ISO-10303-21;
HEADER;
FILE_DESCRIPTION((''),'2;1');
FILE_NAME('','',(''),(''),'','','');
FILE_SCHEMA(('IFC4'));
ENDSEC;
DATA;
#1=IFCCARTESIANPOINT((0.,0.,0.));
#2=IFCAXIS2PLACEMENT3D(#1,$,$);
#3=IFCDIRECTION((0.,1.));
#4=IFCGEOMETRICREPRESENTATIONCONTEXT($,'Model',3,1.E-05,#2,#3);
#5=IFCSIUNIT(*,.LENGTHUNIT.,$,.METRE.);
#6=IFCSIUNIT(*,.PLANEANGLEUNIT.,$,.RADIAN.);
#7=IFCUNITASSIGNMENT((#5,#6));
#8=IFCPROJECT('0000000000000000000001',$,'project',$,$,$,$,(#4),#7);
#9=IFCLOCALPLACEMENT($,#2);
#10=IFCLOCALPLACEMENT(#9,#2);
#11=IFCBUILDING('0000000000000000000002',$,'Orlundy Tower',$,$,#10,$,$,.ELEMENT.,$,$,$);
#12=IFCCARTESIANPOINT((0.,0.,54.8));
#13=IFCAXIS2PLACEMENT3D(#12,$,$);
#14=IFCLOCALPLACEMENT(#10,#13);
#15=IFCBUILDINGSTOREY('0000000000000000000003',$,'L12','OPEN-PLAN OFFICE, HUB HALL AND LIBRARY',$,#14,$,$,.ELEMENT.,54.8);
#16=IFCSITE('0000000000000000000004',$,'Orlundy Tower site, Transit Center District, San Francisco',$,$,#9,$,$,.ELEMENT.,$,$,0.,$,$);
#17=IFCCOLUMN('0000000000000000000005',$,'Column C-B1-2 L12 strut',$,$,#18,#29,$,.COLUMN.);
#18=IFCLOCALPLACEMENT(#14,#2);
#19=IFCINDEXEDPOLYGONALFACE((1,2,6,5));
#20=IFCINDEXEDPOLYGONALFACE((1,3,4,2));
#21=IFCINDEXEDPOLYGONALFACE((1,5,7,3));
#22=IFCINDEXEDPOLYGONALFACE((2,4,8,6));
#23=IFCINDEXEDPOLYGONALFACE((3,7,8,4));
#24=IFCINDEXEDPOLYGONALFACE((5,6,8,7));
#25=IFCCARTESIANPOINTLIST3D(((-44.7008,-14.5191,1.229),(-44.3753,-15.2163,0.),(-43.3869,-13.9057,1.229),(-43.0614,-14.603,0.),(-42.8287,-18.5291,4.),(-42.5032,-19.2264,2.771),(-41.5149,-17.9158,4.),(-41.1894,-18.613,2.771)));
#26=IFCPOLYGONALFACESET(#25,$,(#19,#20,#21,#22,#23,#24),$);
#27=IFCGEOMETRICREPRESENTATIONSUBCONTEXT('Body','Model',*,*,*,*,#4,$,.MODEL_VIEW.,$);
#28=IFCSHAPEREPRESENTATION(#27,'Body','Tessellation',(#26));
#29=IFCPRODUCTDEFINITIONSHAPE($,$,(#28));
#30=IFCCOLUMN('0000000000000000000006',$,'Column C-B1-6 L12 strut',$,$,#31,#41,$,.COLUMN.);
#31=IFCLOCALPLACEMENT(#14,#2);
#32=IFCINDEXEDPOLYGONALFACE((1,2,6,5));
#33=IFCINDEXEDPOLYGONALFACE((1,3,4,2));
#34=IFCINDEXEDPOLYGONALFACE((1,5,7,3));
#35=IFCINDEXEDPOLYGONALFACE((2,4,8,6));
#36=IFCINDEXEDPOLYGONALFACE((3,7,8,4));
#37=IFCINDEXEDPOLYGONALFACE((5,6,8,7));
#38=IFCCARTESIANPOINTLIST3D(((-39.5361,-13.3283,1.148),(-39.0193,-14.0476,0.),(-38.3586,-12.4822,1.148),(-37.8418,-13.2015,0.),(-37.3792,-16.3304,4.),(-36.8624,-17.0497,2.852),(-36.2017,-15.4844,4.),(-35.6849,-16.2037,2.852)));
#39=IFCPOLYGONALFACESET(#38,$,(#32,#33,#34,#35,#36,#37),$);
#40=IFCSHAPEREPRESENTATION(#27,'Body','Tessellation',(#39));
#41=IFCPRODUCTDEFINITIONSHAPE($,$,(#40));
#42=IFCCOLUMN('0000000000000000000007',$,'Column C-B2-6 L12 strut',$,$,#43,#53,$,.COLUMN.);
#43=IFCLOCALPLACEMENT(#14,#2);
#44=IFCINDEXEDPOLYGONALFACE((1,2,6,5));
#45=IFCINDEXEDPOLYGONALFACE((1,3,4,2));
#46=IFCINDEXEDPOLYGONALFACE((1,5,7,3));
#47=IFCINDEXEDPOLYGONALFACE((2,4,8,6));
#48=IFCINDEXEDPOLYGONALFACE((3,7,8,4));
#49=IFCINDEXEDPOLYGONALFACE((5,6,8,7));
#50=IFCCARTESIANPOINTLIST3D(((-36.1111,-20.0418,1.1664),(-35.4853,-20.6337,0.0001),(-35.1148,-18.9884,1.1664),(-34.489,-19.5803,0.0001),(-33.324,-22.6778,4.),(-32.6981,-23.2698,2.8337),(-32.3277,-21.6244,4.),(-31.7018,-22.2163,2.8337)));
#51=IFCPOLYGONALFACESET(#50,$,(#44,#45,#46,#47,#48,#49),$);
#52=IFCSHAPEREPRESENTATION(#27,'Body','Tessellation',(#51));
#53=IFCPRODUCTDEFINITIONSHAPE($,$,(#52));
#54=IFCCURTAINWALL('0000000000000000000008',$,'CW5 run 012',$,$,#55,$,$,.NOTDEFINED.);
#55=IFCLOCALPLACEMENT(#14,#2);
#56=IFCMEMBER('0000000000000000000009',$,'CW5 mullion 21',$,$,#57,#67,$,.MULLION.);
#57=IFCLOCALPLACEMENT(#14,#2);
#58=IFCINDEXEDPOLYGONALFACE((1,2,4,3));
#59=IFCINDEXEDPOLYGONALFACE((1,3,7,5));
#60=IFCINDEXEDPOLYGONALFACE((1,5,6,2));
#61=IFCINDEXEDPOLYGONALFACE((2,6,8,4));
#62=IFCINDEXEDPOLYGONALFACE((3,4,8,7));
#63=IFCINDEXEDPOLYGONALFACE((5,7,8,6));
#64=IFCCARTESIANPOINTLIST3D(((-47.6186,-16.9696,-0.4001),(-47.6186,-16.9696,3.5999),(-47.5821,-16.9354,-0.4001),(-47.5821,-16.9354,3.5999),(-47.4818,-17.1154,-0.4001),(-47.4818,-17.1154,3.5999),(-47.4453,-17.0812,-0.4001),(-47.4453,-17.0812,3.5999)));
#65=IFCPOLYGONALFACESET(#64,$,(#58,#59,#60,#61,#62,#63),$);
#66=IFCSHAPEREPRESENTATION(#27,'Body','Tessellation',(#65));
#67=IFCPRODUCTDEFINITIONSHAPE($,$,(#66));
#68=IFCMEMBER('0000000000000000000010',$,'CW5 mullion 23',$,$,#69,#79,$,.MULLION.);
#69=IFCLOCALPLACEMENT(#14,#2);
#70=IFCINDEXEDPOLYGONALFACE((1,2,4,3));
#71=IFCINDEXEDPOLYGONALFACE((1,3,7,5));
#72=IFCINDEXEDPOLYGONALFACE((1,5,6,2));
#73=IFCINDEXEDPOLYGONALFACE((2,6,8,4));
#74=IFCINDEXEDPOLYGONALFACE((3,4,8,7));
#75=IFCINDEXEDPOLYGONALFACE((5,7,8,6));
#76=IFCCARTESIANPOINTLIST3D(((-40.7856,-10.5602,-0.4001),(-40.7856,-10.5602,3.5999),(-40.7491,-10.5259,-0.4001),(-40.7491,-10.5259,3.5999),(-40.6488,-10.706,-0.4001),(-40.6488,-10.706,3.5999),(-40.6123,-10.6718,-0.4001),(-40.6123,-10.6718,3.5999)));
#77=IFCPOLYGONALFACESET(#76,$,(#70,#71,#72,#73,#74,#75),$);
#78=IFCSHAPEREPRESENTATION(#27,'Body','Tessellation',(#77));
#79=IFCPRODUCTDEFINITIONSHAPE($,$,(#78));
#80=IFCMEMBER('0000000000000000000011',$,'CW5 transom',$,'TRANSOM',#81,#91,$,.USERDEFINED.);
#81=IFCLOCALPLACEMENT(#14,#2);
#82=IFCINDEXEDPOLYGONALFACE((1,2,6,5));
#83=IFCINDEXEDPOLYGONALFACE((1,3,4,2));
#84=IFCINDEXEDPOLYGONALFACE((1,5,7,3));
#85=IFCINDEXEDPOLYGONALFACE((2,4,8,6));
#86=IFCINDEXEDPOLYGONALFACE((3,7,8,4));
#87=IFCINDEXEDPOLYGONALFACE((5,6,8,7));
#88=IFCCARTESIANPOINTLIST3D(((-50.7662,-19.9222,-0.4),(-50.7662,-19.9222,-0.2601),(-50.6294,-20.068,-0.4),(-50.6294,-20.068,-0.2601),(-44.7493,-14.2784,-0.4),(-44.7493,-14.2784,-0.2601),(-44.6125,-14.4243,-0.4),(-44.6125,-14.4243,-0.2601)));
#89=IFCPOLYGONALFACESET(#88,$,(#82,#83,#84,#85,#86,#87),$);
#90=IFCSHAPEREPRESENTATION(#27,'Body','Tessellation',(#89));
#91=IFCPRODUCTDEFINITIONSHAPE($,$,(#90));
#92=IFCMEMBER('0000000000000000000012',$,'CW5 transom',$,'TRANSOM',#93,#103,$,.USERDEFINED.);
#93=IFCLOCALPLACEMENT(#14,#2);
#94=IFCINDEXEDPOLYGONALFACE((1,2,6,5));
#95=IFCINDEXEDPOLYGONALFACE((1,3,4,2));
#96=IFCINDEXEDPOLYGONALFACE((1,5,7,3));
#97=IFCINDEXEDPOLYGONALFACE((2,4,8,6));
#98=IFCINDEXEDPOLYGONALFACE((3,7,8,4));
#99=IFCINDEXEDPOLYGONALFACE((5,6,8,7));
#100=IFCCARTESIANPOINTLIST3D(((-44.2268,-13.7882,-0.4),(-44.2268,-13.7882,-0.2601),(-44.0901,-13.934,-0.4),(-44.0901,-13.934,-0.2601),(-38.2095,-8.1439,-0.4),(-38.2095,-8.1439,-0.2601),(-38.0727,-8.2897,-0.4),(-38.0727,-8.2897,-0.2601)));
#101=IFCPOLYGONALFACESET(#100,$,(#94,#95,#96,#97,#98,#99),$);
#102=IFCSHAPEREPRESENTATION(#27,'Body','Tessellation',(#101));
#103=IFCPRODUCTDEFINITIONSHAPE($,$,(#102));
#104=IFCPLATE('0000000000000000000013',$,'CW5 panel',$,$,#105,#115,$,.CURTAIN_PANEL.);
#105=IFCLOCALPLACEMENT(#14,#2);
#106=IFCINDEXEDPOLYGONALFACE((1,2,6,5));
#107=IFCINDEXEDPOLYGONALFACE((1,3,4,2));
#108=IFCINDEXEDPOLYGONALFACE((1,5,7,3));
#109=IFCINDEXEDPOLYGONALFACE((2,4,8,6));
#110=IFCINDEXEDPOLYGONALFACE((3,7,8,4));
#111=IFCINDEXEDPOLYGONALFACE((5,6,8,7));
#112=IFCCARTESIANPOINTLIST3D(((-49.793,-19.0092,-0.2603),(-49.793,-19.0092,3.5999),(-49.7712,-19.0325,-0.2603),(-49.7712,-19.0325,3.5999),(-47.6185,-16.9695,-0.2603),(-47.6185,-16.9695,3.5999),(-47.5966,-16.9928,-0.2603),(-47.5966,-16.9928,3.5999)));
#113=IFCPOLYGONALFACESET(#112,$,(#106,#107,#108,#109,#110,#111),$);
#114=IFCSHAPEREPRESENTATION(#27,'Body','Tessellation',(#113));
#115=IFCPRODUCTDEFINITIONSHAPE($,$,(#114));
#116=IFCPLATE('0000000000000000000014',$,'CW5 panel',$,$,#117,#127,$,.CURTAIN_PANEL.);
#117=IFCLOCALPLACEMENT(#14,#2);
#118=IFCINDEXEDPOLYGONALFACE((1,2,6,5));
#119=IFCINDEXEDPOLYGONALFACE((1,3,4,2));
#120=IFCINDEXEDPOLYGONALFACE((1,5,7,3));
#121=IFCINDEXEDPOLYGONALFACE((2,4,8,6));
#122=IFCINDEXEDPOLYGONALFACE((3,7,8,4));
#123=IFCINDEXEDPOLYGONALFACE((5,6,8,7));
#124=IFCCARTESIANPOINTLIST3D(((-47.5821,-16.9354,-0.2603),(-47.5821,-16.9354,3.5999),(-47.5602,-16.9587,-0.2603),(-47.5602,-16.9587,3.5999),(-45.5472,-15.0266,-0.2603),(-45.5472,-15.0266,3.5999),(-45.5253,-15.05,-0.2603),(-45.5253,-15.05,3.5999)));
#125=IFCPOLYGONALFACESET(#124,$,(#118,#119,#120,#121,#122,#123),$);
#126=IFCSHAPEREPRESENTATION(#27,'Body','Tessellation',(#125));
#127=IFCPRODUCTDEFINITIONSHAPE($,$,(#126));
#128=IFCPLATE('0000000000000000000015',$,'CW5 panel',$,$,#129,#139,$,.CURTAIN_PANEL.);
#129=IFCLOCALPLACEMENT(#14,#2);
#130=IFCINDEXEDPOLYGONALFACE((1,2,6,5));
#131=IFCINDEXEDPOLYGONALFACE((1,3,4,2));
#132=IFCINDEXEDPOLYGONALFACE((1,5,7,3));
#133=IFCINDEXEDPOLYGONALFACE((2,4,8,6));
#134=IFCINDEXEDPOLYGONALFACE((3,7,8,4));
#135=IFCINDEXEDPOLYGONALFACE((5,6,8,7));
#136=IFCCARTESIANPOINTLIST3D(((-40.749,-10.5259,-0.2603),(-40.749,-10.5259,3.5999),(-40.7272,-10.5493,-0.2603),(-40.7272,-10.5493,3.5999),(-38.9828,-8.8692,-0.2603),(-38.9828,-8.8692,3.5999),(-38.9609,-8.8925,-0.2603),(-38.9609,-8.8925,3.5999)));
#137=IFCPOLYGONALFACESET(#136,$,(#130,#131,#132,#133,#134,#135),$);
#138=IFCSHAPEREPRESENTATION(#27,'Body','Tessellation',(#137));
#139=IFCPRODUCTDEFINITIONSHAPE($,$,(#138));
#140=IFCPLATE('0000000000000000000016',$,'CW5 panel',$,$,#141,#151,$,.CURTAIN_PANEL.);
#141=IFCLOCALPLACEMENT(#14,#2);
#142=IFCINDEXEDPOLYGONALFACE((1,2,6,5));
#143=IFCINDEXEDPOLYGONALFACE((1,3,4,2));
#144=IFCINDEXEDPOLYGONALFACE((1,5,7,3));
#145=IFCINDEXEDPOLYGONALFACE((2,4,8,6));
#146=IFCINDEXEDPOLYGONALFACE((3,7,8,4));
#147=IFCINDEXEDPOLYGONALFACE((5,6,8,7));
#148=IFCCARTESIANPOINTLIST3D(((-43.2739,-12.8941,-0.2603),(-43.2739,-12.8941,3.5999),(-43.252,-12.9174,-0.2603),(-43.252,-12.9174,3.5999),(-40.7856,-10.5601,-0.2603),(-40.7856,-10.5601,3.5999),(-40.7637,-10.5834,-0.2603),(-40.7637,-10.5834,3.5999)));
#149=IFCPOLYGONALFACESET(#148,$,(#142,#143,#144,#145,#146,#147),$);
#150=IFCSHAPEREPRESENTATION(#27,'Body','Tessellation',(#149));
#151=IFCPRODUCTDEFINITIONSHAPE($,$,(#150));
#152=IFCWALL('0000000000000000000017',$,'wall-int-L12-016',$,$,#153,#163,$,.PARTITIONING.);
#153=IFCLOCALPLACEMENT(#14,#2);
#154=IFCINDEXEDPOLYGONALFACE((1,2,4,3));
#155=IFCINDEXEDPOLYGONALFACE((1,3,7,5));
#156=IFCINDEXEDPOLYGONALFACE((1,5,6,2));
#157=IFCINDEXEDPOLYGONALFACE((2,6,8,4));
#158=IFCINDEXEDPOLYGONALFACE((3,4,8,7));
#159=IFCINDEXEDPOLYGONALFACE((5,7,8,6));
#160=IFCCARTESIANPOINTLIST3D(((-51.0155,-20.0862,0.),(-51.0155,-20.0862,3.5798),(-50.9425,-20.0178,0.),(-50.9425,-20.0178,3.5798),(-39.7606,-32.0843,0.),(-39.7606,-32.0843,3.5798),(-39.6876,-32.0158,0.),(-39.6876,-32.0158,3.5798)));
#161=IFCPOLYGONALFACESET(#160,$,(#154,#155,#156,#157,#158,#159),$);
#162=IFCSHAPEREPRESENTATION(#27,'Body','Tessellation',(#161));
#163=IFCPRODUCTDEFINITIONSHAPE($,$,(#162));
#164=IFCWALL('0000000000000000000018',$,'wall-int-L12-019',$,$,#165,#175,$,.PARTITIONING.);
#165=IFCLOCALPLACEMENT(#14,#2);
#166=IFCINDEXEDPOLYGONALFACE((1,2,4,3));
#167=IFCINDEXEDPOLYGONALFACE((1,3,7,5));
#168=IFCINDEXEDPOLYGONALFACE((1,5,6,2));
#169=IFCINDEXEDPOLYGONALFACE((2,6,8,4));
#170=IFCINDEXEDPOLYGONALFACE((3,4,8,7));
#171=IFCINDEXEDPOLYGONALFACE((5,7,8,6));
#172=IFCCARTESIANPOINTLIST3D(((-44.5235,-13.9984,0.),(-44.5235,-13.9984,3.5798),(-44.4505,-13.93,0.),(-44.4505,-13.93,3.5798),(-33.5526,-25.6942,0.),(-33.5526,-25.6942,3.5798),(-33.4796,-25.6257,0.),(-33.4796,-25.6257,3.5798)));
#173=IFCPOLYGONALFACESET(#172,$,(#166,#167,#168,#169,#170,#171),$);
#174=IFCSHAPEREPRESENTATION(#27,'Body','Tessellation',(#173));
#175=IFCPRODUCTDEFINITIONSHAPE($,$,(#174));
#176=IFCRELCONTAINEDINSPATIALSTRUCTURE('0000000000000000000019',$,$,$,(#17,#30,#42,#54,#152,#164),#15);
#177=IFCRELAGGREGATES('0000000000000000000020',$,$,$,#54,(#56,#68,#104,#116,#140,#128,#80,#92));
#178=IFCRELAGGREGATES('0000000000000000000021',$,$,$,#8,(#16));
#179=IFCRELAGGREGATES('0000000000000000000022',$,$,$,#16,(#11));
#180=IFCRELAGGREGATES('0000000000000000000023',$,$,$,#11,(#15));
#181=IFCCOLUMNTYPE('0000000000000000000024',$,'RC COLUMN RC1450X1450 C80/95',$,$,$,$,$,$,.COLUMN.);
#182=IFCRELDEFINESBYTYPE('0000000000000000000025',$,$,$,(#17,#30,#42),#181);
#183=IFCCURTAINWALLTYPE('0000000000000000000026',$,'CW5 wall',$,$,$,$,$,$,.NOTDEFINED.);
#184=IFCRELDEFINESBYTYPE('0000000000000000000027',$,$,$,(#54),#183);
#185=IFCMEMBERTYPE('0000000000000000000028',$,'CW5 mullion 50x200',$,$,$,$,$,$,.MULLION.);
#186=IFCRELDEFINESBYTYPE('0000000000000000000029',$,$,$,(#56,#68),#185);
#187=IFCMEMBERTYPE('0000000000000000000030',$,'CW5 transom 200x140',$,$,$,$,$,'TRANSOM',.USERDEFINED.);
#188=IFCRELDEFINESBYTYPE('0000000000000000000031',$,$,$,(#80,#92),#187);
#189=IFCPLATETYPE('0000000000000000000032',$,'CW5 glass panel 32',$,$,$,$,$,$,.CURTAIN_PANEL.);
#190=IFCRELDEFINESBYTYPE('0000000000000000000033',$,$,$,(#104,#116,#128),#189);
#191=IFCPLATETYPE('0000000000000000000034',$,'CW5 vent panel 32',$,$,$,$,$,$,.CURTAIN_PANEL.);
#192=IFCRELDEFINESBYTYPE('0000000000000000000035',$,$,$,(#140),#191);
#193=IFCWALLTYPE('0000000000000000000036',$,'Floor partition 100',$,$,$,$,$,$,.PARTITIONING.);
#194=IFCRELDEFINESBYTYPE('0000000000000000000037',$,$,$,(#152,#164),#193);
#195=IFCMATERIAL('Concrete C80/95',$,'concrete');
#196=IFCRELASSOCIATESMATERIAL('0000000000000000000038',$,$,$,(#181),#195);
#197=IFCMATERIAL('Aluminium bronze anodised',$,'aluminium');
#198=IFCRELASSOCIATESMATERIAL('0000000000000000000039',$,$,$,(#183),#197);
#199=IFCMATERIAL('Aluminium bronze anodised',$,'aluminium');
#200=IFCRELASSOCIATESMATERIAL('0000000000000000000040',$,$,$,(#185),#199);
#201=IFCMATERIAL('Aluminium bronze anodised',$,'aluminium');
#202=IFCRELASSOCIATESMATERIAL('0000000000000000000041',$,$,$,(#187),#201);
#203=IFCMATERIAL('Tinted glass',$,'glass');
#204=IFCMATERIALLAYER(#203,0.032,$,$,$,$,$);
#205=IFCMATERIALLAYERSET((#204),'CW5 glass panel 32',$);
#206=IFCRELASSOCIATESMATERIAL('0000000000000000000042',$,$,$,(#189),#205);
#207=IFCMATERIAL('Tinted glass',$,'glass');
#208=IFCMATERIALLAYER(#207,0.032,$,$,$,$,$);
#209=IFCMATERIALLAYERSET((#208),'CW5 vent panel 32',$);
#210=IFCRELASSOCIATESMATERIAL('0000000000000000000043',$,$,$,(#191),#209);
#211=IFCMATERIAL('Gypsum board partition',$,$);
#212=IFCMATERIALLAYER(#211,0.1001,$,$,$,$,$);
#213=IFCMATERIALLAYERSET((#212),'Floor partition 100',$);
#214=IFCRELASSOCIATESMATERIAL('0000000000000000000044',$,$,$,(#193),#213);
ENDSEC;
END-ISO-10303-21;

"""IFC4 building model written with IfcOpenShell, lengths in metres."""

from ifc_helpers import new_model, si_unit, direction, frame, frame_2d, origin, origin_2d, place, context, subcontext, project, spatial, rectangle, extrude, material, layer, layer_set, material_profile, profile_set, type_object, element, aggregate, save


model = new_model("IFC4")

# Units and contexts
model_context = context("Model", 3, precision=1e-05, world=origin(), true_north=direction((0.0, 1.0)))
body_context = subcontext(model_context, "Body", "Model", "MODEL_VIEW")
ifc_project = project(units=[si_unit("LENGTHUNIT", "METRE"), si_unit("PLANEANGLEUNIT", "RADIAN")], contexts=[model_context])

# Site, building, storey
site_placement = place(None, origin())
site = spatial("IfcSite", under=ifc_project, at=site_placement, Name="Orlundy Tower site, Transit Center District, San Francisco", CompositionType="ELEMENT", RefElevation=0.0)
building_placement = place(site_placement, origin())
building = spatial("IfcBuilding", under=site, at=building_placement, Name="Orlundy Tower", CompositionType="ELEMENT")
storey_placement = place(building_placement, frame((0.0, 0.0, 54.8)))
storey = spatial("IfcBuildingStorey", under=building, at=storey_placement, Name="L12", Description="OPEN-PLAN OFFICE, HUB HALL AND LIBRARY", CompositionType="ELEMENT", Elevation=54.8)

# Columns
ifc_material_1 = material(Name="Concrete C80/95", Category="concrete")
ifc_material_profile_1 = material_profile(ifc_material_1, rectangle(XDim=1.45, YDim=1.45, at=origin_2d()), Name="RC1450X1450")
ifc_profile_set_1 = profile_set([ifc_material_profile_1], Name="Concrete C80/95")
column_type = type_object("IfcColumnType", Name="RC COLUMN RC1450X1450 C80/95", PredefinedType="COLUMN", material=ifc_profile_set_1)
column_1_placement = place(storey_placement, frame((-43.8811, -14.561, 0.6145), z_axis=(0.358537, -0.767992, 0.530698), x_axis=(0.90612, 0.423021, 0.0)))
element("IfcColumn", 1, at=column_1_placement, inside=storey, type_object=column_type, Name="Column C-B1-2 L12 strut", PredefinedType="COLUMN", context=body_context, shape_type="SweptSolid", body=[
    extrude(rectangle(XDim=1.45, YDim=1.45, at=origin_2d()), origin(), (0.0, 0.0, 1.0), 5.2214),
])
column_2_placement = place(storey_placement, frame((-38.689, -13.2649, 0.574), z_axis=(0.461975, -0.643001, 0.610843), x_axis=(0.812124, 0.583485, 0.0)))
element("IfcColumn", 2, at=column_2_placement, inside=storey, type_object=column_type, Name="Column C-B1-6 L12 strut", PredefinedType="COLUMN", context=body_context, shape_type="SweptSolid", body=[
    extrude(rectangle(XDim=1.45, YDim=1.45, at=origin_2d()), origin(), (0.0, 0.0, 1.0), 4.6689),
])
column_3_placement = place(storey_placement, frame((-35.3, -19.811, 0.5833), z_axis=(0.5844, -0.552712, 0.594126), x_axis=(0.687135, 0.726529, 0.0)))
element("IfcColumn", 3, at=column_3_placement, inside=storey, type_object=column_type, Name="Column C-B2-6 L12 strut", PredefinedType="COLUMN", context=body_context, shape_type="SweptSolid", body=[
    extrude(rectangle(XDim=1.45, YDim=1.45, at=origin_2d()), origin(), (0.0, 0.0, 1.0), 4.7693),
])

# Curtain wall, members, plates
ifc_material_2 = material(Name="Aluminium bronze anodised", Category="aluminium")
curtain_wall_type = type_object("IfcCurtainWallType", Name="CW5 wall", PredefinedType="NOTDEFINED", material=ifc_material_2)
curtain_wall_placement = place(storey_placement, origin())
curtain_wall = element("IfcCurtainWall", 4, at=curtain_wall_placement, inside=storey, type_object=curtain_wall_type, Name="CW5 run 012", PredefinedType="NOTDEFINED")
ifc_material_3 = material(Name="Aluminium bronze anodised", Category="aluminium")
ifc_material_profile_2 = material_profile(ifc_material_3, rectangle(XDim=0.2, YDim=0.05, at=origin_2d()), Name="CW5 mullion 50x200")
ifc_profile_set_2 = profile_set([ifc_material_profile_2], Name="Aluminium bronze anodised")
member_type_1 = type_object("IfcMemberType", Name="CW5 mullion 50x200", PredefinedType="MULLION", material=ifc_profile_set_2)
member_1_placement = place(storey_placement, frame((-47.532, -17.0254, -0.4001), z_axis=(0.0, 0.0, 1.0), x_axis=(-0.684134, 0.729356, 0.0)))
member_1 = element("IfcMember", 5, at=member_1_placement, type_object=member_type_1, Name="CW5 mullion 21", PredefinedType="MULLION", context=body_context, shape_type="SweptSolid", body=[
    extrude(rectangle(XDim=0.2, YDim=0.05, at=origin_2d()), origin(), (0.0, 0.0, 1.0), 4.0),
])
member_2_placement = place(storey_placement, frame((-40.699, -10.616, -0.4001), z_axis=(0.0, 0.0, 1.0), x_axis=(-0.684134, 0.729356, 0.0)))
member_2 = element("IfcMember", 6, at=member_2_placement, type_object=member_type_1, Name="CW5 mullion 23", PredefinedType="MULLION", context=body_context, shape_type="SweptSolid", body=[
    extrude(rectangle(XDim=0.2, YDim=0.05, at=origin_2d()), origin(), (0.0, 0.0, 1.0), 4.0),
])
ifc_material_4 = material(Name="Aluminium bronze anodised", Category="aluminium")
ifc_material_profile_3 = material_profile(ifc_material_4, rectangle(XDim=0.2, YDim=0.1399, at=origin_2d()), Name="CW5 transom 200x140")
ifc_profile_set_3 = profile_set([ifc_material_profile_3], Name="Aluminium bronze anodised")
member_type_2 = type_object("IfcMemberType", Name="CW5 transom 200x140", ElementType="TRANSOM", PredefinedType="USERDEFINED", material=ifc_profile_set_3)
member_3_placement = place(storey_placement, frame((-50.6978, -19.9951, -0.3301), z_axis=(0.729355, 0.684135, 0.0), x_axis=(-0.684135, 0.729355, 0.0)))
member_3 = element("IfcMember", 7, at=member_3_placement, type_object=member_type_2, Name="CW5 transom", ObjectType="TRANSOM", PredefinedType="USERDEFINED", context=body_context, shape_type="SweptSolid", body=[
    extrude(rectangle(XDim=0.2, YDim=0.1399, at=origin_2d()), origin(), (0.0, 0.0, 1.0), 8.2495),
])
member_4_placement = place(storey_placement, frame((-44.1584, -13.8611, -0.3301), z_axis=(0.729354, 0.684137, 0.0), x_axis=(-0.684137, 0.729354, 0.0)))
member_4 = element("IfcMember", 8, at=member_4_placement, type_object=member_type_2, Name="CW5 transom", ObjectType="TRANSOM", PredefinedType="USERDEFINED", context=body_context, shape_type="SweptSolid", body=[
    extrude(rectangle(XDim=0.2, YDim=0.1399, at=origin_2d()), origin(), (0.0, 0.0, 1.0), 8.2502),
])
ifc_material_5 = material(Name="Tinted glass", Category="glass")
ifc_layer_1 = layer(ifc_material_5, 0.032)
ifc_layer_set_1 = layer_set([ifc_layer_1], Name="CW5 glass panel 32")
plate_type_1 = type_object("IfcPlateType", Name="CW5 glass panel 32", PredefinedType="CURTAIN_PANEL", material=ifc_layer_set_1)
plate_1_placement = place(storey_placement, frame((-48.6948, -18.001, -0.2603), z_axis=(0.0, 0.0, 1.0), x_axis=(0.729356, 0.684134, 0.0)))
plate_1 = element("IfcPlate", 9, at=plate_1_placement, type_object=plate_type_1, Name="CW5 panel", PredefinedType="CURTAIN_PANEL", context=body_context, shape_type="SweptSolid", body=[
    extrude(rectangle(XDim=2.9814, YDim=0.032, at=origin_2d()), origin(), (0.0, 0.0, 1.0), 3.8601),
])
plate_2_placement = place(storey_placement, frame((-46.5537, -15.9927, -0.2603), z_axis=(0.0, 0.0, 1.0), x_axis=(0.729356, 0.684134, 0.0)))
plate_2 = element("IfcPlate", 10, at=plate_2_placement, type_object=plate_type_1, Name="CW5 panel", PredefinedType="CURTAIN_PANEL", context=body_context, shape_type="SweptSolid", body=[
    extrude(rectangle(XDim=2.79, YDim=0.032, at=origin_2d()), origin(), (0.0, 0.0, 1.0), 3.8601),
])
plate_3_placement = place(storey_placement, frame((-39.855, -9.7092, -0.2603), z_axis=(0.0, 0.0, 1.0), x_axis=(0.729356, 0.684134, 0.0)))
plate_3 = element("IfcPlate", 11, at=plate_3_placement, type_object=plate_type_1, Name="CW5 panel", PredefinedType="CURTAIN_PANEL", context=body_context, shape_type="SweptSolid", body=[
    extrude(rectangle(XDim=2.4216, YDim=0.032, at=origin_2d()), origin(), (0.0, 0.0, 1.0), 3.8601),
])
ifc_material_6 = material(Name="Tinted glass", Category="glass")
ifc_layer_2 = layer(ifc_material_6, 0.032)
ifc_layer_set_2 = layer_set([ifc_layer_2], Name="CW5 vent panel 32")
plate_type_2 = type_object("IfcPlateType", Name="CW5 vent panel 32", PredefinedType="CURTAIN_PANEL", material=ifc_layer_set_2)
plate_4_placement = place(storey_placement, frame((-42.0188, -11.7388, -0.2603), z_axis=(0.0, 0.0, 1.0), x_axis=(0.729356, 0.684134, 0.0)))
plate_4 = element("IfcPlate", 12, at=plate_4_placement, type_object=plate_type_2, Name="CW5 panel", PredefinedType="CURTAIN_PANEL", context=body_context, shape_type="SweptSolid", body=[
    extrude(rectangle(XDim=3.4116, YDim=0.032, at=origin_2d()), origin(), (0.0, 0.0, 1.0), 3.8601),
])
aggregate(curtain_wall, [member_1, member_2, plate_1, plate_2, plate_4, plate_3, member_3, member_4])

# Walls
ifc_material_7 = material(Name="Gypsum board partition")
ifc_layer_3 = layer(ifc_material_7, 0.1001)
ifc_layer_set_3 = layer_set([ifc_layer_3], Name="Floor partition 100")
wall_type = type_object("IfcWallType", Name="Floor partition 100", PredefinedType="PARTITIONING", material=ifc_layer_set_3)
wall_1_placement = place(storey_placement, frame((-50.979, -20.052, 0.0), z_axis=(0.0, 0.0, 1.0), x_axis=(0.684158, -0.729334, 0.0)))
element("IfcWall", 13, at=wall_1_placement, inside=storey, type_object=wall_type, Name="wall-int-L12-016", PredefinedType="PARTITIONING", context=body_context, shape_type="SweptSolid", body=[
    extrude(rectangle(XDim=16.4507, YDim=0.1001, at=frame_2d((8.2253, 0.0))), origin(), (0.0, 0.0, 1.0), 3.5798),
])
wall_2_placement = place(storey_placement, frame((-44.4871, -13.9641, 0.0), z_axis=(0.0, 0.0, 1.0), x_axis=(0.684145, -0.729346, 0.0)))
element("IfcWall", 14, at=wall_2_placement, inside=storey, type_object=wall_type, Name="wall-int-L12-019", PredefinedType="PARTITIONING", context=body_context, shape_type="SweptSolid", body=[
    extrude(rectangle(XDim=16.0359, YDim=0.1001, at=frame_2d((8.0181, 0.0))), origin(), (0.0, 0.0, 1.0), 3.5798),
])

save(model, "model.ifc")
